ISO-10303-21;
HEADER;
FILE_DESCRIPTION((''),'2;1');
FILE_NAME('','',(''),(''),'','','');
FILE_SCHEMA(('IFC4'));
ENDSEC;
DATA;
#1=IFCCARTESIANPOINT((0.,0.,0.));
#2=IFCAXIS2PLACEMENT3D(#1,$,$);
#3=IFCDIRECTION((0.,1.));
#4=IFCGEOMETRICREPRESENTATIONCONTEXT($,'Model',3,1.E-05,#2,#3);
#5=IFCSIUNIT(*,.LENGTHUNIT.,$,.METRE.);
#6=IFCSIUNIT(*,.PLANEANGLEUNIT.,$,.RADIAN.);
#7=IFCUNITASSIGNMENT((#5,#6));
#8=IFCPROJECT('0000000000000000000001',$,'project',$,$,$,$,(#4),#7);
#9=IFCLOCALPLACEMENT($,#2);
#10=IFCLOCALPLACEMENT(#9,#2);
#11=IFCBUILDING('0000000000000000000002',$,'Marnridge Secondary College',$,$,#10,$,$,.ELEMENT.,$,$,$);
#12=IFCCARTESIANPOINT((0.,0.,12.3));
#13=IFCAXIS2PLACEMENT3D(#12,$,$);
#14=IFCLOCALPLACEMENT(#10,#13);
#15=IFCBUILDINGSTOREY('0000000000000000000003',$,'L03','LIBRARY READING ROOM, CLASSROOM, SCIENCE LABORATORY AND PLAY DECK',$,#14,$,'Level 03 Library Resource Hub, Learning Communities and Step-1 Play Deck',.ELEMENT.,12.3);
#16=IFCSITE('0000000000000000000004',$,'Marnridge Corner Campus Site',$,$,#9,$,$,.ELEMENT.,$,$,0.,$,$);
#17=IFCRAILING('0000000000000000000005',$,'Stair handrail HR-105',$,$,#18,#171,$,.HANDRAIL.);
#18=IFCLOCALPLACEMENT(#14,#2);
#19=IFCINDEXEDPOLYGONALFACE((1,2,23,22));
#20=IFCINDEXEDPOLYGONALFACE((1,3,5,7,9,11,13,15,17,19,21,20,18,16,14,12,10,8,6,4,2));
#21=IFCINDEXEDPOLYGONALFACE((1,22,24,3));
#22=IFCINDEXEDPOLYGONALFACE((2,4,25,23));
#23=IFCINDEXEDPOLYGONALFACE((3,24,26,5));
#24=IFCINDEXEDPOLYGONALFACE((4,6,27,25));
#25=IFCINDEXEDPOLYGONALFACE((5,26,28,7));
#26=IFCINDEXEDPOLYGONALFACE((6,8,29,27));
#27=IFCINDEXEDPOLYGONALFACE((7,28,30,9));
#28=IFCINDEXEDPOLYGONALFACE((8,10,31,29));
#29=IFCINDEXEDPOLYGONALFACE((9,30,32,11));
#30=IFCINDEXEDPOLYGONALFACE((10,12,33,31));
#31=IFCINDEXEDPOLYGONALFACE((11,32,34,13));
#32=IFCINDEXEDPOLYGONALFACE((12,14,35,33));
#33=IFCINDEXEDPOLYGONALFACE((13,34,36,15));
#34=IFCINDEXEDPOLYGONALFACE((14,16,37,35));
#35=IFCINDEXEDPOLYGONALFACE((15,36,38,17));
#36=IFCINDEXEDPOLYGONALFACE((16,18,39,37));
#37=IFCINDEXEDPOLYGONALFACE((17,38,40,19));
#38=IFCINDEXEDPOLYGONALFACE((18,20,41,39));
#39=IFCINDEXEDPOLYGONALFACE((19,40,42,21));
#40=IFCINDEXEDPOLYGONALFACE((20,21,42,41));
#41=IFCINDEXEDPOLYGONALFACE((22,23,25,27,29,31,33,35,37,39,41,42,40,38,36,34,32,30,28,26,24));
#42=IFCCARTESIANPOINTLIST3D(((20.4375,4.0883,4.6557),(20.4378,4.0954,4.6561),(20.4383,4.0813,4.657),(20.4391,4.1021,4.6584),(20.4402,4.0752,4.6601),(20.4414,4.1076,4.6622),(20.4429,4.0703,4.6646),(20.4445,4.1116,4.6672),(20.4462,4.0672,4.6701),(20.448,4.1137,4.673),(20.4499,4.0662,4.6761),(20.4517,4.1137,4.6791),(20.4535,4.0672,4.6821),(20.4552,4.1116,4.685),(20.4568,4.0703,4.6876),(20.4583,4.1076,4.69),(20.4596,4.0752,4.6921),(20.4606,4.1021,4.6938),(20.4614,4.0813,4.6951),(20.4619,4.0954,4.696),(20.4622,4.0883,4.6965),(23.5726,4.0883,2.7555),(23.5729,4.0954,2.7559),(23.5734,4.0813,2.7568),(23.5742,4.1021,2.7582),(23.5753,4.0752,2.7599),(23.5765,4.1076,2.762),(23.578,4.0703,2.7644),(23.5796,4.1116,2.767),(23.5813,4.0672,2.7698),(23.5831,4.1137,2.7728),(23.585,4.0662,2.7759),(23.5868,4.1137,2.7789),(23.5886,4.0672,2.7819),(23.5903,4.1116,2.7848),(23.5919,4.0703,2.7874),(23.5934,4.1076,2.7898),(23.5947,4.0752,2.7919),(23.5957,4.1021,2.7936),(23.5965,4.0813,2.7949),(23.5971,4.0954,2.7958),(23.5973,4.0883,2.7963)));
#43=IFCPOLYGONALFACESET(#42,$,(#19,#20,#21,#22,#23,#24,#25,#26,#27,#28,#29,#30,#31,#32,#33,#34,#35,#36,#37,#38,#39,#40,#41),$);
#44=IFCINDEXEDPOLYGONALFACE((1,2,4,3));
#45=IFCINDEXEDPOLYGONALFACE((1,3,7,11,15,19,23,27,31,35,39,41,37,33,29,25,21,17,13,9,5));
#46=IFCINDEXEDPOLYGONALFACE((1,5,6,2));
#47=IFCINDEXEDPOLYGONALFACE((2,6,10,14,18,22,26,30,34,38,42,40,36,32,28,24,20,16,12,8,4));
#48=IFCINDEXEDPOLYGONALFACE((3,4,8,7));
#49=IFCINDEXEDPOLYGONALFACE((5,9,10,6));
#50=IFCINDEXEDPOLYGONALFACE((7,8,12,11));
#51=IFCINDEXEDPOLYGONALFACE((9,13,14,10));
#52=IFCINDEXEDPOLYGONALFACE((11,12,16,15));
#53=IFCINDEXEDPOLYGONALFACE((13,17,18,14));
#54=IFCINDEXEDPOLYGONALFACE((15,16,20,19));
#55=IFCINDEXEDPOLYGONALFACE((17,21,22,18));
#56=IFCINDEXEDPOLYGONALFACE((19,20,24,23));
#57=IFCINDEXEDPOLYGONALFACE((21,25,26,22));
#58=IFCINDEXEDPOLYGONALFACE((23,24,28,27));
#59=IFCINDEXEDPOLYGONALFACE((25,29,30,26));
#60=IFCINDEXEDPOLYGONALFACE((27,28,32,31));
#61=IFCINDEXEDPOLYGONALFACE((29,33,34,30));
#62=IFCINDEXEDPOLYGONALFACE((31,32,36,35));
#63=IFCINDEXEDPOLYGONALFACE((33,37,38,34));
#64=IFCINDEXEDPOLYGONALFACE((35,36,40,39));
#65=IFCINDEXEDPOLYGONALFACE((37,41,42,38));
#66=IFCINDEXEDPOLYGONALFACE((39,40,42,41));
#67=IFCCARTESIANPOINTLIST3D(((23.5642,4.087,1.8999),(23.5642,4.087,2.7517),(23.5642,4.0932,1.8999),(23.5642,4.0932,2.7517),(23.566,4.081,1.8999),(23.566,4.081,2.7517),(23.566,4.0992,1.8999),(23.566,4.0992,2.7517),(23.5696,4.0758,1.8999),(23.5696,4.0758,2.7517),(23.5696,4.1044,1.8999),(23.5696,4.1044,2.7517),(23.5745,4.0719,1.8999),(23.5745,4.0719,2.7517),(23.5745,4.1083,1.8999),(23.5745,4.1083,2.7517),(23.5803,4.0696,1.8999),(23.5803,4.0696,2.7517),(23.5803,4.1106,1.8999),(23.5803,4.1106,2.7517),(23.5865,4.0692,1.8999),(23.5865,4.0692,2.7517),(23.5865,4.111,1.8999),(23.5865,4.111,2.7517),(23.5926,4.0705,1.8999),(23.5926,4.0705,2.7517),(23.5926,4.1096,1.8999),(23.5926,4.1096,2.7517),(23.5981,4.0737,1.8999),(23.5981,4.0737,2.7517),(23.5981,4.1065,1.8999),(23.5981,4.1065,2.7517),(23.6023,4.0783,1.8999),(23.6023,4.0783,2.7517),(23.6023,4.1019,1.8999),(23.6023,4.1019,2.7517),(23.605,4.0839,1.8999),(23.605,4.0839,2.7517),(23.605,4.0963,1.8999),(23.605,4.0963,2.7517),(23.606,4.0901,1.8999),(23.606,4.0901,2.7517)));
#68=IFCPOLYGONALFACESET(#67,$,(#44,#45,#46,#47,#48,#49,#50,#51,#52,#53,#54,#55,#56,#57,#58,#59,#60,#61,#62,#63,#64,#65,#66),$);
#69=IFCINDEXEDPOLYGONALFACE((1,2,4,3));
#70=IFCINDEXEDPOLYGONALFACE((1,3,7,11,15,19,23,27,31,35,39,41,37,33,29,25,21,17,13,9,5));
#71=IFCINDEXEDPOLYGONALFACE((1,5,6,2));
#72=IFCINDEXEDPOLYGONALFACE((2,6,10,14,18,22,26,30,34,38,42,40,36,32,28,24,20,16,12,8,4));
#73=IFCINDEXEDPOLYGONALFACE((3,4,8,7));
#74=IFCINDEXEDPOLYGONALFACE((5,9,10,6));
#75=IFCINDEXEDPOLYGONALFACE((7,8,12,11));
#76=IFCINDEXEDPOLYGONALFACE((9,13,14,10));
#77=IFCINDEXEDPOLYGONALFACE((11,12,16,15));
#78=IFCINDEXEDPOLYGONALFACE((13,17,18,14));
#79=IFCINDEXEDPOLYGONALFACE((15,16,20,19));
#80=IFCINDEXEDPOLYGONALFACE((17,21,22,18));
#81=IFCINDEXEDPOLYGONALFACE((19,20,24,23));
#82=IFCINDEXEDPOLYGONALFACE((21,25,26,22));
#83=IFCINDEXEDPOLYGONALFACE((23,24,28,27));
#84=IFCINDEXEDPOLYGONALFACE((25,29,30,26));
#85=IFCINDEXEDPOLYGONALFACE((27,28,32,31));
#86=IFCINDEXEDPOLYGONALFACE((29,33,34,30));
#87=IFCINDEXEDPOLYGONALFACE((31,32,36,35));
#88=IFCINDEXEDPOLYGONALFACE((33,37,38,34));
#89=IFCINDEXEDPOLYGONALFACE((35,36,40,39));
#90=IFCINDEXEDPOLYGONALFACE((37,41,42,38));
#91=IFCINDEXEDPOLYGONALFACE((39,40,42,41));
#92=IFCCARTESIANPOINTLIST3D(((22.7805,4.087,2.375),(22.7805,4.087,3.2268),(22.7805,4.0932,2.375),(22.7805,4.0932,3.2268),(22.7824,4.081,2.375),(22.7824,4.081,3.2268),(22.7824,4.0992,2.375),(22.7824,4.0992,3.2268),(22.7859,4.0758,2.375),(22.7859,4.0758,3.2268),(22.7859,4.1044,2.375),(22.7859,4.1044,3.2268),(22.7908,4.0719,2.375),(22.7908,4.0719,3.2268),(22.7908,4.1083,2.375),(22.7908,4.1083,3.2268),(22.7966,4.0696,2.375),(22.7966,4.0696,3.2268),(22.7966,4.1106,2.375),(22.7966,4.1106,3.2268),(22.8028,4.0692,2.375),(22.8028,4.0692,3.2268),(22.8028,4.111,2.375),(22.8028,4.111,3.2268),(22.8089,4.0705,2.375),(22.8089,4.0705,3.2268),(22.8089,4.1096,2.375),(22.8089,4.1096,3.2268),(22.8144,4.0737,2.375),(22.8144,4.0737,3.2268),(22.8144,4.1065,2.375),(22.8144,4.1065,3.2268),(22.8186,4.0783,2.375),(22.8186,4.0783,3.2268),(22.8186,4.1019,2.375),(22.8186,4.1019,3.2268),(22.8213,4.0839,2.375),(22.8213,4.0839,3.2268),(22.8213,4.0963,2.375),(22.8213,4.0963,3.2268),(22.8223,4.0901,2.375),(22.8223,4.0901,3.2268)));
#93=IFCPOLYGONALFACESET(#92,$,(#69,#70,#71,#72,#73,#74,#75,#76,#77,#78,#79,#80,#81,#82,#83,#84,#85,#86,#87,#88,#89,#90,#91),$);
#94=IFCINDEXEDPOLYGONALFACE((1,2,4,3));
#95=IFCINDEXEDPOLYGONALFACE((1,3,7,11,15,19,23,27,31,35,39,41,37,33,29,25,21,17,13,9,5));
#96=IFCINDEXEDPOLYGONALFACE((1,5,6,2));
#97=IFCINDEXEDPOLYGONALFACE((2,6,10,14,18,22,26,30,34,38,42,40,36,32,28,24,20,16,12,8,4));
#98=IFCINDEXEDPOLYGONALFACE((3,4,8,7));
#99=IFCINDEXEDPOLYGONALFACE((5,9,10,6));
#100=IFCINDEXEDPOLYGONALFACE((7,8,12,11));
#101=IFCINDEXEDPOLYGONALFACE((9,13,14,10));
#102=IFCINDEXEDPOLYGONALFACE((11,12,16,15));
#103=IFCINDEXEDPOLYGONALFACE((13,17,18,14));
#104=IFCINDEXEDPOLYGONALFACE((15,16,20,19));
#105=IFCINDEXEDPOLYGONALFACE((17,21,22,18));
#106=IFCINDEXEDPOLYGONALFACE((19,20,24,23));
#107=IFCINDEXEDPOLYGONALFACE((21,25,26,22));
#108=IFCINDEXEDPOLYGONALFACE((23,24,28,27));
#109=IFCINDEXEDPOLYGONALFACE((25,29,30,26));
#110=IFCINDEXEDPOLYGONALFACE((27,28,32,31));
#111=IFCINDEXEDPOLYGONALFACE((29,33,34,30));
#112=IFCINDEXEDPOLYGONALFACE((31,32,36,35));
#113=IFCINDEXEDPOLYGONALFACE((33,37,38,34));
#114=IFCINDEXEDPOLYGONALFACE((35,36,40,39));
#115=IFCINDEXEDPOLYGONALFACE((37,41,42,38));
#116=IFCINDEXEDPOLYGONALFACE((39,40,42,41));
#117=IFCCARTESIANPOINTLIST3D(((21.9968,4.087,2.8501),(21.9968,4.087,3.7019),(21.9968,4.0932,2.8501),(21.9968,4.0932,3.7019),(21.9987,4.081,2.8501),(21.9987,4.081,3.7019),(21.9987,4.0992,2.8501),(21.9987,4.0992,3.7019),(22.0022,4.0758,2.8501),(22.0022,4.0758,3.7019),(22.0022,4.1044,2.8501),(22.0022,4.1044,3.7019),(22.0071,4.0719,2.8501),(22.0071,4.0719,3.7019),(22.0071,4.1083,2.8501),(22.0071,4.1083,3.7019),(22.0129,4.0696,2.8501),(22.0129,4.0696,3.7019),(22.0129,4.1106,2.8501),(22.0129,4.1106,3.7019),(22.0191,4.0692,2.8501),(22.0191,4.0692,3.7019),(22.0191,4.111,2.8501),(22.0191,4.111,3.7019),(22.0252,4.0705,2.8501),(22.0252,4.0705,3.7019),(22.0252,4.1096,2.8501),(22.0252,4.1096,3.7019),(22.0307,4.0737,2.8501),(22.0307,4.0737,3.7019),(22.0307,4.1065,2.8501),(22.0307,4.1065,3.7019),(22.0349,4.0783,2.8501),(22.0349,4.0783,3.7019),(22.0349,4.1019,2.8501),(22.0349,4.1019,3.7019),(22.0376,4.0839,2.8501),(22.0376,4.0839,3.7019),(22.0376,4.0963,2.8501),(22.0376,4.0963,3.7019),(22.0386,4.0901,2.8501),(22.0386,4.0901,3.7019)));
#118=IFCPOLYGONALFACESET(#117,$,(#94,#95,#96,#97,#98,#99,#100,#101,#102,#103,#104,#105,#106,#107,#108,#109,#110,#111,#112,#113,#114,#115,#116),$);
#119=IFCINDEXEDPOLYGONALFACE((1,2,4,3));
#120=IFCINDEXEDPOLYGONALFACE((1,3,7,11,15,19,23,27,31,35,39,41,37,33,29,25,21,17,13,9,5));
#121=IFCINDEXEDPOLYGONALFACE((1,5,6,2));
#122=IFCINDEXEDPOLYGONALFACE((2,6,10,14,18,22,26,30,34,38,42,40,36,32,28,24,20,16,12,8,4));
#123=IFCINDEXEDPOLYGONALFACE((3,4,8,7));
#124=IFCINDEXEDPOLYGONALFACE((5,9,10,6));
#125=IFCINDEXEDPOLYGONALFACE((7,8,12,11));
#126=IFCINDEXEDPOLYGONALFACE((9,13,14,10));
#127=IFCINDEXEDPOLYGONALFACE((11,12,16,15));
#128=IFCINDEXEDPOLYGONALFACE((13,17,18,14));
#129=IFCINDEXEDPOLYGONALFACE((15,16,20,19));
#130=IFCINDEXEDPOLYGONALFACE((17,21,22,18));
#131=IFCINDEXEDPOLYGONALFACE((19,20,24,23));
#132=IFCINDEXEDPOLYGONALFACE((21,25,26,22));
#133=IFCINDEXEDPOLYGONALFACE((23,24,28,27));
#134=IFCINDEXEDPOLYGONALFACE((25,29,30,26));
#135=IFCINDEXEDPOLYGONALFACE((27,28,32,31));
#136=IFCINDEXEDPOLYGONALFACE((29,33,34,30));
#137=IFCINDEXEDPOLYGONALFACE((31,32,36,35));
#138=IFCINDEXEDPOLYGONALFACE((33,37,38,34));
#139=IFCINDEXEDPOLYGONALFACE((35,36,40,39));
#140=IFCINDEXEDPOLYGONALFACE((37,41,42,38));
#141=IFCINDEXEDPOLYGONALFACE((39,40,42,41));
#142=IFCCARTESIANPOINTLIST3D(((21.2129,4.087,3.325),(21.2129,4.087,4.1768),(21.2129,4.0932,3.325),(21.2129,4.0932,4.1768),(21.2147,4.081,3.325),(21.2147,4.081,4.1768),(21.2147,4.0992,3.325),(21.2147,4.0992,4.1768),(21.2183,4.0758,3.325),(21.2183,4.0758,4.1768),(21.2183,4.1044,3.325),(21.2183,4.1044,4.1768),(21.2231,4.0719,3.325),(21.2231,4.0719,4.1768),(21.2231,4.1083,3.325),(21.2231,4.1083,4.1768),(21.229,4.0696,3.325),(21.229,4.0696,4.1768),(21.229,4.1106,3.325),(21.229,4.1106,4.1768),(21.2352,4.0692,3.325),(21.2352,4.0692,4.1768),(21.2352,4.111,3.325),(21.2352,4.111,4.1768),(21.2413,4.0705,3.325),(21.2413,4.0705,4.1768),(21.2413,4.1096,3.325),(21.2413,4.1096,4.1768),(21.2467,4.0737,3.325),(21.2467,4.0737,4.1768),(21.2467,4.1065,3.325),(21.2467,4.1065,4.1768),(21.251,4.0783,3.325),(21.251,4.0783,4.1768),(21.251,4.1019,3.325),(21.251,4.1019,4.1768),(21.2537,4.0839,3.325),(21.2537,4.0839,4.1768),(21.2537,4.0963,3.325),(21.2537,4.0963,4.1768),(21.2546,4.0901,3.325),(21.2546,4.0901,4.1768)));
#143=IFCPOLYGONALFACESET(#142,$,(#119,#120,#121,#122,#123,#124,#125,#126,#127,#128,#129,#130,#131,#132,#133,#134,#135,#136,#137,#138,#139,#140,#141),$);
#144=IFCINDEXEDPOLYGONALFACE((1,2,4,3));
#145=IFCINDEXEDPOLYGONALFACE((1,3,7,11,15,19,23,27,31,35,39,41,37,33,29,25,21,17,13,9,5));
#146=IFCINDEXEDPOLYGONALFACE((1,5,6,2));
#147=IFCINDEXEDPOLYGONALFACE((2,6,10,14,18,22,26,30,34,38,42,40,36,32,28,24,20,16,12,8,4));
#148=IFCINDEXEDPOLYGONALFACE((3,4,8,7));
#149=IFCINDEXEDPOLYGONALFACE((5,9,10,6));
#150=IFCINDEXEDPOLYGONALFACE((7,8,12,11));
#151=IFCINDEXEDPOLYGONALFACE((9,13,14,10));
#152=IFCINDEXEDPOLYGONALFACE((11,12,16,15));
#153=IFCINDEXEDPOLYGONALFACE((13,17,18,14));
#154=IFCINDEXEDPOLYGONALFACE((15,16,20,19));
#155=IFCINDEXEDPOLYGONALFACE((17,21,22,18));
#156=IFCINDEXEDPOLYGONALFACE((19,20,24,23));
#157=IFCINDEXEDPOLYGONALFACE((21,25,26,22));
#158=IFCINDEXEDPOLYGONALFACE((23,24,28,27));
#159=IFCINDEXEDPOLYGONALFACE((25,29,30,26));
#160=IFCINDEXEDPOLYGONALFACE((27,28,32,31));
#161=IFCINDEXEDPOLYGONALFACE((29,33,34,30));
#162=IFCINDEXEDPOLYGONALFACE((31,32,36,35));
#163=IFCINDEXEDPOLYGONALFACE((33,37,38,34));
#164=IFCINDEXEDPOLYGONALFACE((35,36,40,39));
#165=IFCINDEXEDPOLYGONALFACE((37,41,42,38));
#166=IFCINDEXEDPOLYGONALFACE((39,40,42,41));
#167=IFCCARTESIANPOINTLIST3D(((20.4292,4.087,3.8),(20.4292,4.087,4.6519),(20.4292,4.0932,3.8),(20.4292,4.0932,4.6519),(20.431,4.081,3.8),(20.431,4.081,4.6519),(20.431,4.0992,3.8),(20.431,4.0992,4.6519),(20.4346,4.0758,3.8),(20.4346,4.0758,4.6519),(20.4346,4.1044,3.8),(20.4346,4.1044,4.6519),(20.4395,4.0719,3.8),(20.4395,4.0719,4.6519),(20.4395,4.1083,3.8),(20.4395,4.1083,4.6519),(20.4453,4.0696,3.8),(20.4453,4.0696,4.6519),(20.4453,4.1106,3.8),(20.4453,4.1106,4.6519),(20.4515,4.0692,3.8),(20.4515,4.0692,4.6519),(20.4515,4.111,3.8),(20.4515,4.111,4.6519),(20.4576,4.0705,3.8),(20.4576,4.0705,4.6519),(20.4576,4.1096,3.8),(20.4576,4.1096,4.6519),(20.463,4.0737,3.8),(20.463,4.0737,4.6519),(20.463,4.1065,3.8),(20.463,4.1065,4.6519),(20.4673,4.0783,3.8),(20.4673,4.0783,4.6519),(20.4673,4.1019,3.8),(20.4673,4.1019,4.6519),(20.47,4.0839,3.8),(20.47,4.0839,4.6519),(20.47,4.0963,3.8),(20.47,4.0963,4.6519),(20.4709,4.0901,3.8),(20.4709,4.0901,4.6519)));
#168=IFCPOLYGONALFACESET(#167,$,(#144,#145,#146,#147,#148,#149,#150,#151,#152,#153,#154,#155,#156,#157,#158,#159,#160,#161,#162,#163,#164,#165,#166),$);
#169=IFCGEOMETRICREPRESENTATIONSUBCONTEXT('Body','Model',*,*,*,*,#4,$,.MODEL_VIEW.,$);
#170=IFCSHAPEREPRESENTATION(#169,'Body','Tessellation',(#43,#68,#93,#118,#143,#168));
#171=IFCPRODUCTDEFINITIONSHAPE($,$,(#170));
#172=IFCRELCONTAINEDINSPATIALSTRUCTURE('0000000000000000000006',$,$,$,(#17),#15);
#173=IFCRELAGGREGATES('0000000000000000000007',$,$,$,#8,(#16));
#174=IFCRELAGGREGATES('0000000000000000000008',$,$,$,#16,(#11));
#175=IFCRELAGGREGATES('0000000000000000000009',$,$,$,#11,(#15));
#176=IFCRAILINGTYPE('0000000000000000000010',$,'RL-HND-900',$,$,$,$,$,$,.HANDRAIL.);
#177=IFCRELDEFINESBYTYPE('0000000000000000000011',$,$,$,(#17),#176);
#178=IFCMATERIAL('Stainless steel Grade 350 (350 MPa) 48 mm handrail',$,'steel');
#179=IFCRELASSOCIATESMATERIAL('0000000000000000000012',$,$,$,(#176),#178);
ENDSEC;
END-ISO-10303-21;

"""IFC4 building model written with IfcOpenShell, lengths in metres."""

from ifc_helpers import new_model, si_unit, direction, frame, origin, origin_2d, place, context, subcontext, project, spatial, circle, extrude, material, type_object, element, save


model = new_model("IFC4")

# Units and contexts
model_context = context("Model", 3, precision=1e-05, world=origin(), true_north=direction((0.0, 1.0)))
body_context = subcontext(model_context, "Body", "Model", "MODEL_VIEW")
ifc_project = project(units=[si_unit("LENGTHUNIT", "METRE"), si_unit("PLANEANGLEUNIT", "RADIAN")], contexts=[model_context])

# Site, building, storey
site_placement = place(None, origin())
site = spatial("IfcSite", under=ifc_project, at=site_placement, Name="Marnridge Corner Campus Site", CompositionType="ELEMENT", RefElevation=0.0)
building_placement = place(site_placement, origin())
building = spatial("IfcBuilding", under=site, at=building_placement, Name="Marnridge Secondary College", CompositionType="ELEMENT")
storey_placement = place(building_placement, frame((0.0, 0.0, 12.3)))
storey = spatial("IfcBuildingStorey", under=building, at=storey_placement, Name="L03", Description="LIBRARY READING ROOM, CLASSROOM, SCIENCE LABORATORY AND PLAY DECK", LongName="Level 03 Library Resource Hub, Learning Communities and Step-1 Play Deck", CompositionType="ELEMENT", Elevation=12.3)

# Railing
ifc_material_1 = material(Name="Stainless steel Grade 350 (350 MPa) 48 mm handrail", Category="steel")
railing_type_1 = type_object("IfcRailingType", Name="RL-HND-900", PredefinedType="HANDRAIL", material=ifc_material_1)
railing_1_placement = place(storey_placement, frame((23.585, 4.0901, 1.8999)))
element("IfcRailing", 1, at=railing_1_placement, inside=storey, type_object=railing_type_1, Name="Stair handrail HR-105", PredefinedType="HANDRAIL", context=body_context, shape_type="SweptSolid", body=[
    extrude(circle(Radius=0.0239, at=origin_2d()), frame((0.0, 0.0, 0.876), z_axis=(-0.855181, 0.0, 0.51833), x_axis=(0.0, -1.0, 0.0)), (0.0, 0.0, 1.0), 3.666),
    extrude(circle(Radius=0.021, at=origin_2d()), origin(), (0.0, 0.0, 1.0), 0.8518),
    extrude(circle(Radius=0.021, at=origin_2d()), frame((-0.7837, 0.0, 0.4751)), (0.0, 0.0, 1.0), 0.8518),
    extrude(circle(Radius=0.021, at=origin_2d()), frame((-1.5674, 0.0, 0.9502)), (0.0, 0.0, 1.0), 0.8518),
    extrude(circle(Radius=0.021, at=origin_2d()), frame((-2.3513, 0.0, 1.425)), (0.0, 0.0, 1.0), 0.8518),
    extrude(circle(Radius=0.021, at=origin_2d()), frame((-3.135, 0.0, 1.9001)), (0.0, 0.0, 1.0), 0.8518),
])

save(model, "model.ifc")
